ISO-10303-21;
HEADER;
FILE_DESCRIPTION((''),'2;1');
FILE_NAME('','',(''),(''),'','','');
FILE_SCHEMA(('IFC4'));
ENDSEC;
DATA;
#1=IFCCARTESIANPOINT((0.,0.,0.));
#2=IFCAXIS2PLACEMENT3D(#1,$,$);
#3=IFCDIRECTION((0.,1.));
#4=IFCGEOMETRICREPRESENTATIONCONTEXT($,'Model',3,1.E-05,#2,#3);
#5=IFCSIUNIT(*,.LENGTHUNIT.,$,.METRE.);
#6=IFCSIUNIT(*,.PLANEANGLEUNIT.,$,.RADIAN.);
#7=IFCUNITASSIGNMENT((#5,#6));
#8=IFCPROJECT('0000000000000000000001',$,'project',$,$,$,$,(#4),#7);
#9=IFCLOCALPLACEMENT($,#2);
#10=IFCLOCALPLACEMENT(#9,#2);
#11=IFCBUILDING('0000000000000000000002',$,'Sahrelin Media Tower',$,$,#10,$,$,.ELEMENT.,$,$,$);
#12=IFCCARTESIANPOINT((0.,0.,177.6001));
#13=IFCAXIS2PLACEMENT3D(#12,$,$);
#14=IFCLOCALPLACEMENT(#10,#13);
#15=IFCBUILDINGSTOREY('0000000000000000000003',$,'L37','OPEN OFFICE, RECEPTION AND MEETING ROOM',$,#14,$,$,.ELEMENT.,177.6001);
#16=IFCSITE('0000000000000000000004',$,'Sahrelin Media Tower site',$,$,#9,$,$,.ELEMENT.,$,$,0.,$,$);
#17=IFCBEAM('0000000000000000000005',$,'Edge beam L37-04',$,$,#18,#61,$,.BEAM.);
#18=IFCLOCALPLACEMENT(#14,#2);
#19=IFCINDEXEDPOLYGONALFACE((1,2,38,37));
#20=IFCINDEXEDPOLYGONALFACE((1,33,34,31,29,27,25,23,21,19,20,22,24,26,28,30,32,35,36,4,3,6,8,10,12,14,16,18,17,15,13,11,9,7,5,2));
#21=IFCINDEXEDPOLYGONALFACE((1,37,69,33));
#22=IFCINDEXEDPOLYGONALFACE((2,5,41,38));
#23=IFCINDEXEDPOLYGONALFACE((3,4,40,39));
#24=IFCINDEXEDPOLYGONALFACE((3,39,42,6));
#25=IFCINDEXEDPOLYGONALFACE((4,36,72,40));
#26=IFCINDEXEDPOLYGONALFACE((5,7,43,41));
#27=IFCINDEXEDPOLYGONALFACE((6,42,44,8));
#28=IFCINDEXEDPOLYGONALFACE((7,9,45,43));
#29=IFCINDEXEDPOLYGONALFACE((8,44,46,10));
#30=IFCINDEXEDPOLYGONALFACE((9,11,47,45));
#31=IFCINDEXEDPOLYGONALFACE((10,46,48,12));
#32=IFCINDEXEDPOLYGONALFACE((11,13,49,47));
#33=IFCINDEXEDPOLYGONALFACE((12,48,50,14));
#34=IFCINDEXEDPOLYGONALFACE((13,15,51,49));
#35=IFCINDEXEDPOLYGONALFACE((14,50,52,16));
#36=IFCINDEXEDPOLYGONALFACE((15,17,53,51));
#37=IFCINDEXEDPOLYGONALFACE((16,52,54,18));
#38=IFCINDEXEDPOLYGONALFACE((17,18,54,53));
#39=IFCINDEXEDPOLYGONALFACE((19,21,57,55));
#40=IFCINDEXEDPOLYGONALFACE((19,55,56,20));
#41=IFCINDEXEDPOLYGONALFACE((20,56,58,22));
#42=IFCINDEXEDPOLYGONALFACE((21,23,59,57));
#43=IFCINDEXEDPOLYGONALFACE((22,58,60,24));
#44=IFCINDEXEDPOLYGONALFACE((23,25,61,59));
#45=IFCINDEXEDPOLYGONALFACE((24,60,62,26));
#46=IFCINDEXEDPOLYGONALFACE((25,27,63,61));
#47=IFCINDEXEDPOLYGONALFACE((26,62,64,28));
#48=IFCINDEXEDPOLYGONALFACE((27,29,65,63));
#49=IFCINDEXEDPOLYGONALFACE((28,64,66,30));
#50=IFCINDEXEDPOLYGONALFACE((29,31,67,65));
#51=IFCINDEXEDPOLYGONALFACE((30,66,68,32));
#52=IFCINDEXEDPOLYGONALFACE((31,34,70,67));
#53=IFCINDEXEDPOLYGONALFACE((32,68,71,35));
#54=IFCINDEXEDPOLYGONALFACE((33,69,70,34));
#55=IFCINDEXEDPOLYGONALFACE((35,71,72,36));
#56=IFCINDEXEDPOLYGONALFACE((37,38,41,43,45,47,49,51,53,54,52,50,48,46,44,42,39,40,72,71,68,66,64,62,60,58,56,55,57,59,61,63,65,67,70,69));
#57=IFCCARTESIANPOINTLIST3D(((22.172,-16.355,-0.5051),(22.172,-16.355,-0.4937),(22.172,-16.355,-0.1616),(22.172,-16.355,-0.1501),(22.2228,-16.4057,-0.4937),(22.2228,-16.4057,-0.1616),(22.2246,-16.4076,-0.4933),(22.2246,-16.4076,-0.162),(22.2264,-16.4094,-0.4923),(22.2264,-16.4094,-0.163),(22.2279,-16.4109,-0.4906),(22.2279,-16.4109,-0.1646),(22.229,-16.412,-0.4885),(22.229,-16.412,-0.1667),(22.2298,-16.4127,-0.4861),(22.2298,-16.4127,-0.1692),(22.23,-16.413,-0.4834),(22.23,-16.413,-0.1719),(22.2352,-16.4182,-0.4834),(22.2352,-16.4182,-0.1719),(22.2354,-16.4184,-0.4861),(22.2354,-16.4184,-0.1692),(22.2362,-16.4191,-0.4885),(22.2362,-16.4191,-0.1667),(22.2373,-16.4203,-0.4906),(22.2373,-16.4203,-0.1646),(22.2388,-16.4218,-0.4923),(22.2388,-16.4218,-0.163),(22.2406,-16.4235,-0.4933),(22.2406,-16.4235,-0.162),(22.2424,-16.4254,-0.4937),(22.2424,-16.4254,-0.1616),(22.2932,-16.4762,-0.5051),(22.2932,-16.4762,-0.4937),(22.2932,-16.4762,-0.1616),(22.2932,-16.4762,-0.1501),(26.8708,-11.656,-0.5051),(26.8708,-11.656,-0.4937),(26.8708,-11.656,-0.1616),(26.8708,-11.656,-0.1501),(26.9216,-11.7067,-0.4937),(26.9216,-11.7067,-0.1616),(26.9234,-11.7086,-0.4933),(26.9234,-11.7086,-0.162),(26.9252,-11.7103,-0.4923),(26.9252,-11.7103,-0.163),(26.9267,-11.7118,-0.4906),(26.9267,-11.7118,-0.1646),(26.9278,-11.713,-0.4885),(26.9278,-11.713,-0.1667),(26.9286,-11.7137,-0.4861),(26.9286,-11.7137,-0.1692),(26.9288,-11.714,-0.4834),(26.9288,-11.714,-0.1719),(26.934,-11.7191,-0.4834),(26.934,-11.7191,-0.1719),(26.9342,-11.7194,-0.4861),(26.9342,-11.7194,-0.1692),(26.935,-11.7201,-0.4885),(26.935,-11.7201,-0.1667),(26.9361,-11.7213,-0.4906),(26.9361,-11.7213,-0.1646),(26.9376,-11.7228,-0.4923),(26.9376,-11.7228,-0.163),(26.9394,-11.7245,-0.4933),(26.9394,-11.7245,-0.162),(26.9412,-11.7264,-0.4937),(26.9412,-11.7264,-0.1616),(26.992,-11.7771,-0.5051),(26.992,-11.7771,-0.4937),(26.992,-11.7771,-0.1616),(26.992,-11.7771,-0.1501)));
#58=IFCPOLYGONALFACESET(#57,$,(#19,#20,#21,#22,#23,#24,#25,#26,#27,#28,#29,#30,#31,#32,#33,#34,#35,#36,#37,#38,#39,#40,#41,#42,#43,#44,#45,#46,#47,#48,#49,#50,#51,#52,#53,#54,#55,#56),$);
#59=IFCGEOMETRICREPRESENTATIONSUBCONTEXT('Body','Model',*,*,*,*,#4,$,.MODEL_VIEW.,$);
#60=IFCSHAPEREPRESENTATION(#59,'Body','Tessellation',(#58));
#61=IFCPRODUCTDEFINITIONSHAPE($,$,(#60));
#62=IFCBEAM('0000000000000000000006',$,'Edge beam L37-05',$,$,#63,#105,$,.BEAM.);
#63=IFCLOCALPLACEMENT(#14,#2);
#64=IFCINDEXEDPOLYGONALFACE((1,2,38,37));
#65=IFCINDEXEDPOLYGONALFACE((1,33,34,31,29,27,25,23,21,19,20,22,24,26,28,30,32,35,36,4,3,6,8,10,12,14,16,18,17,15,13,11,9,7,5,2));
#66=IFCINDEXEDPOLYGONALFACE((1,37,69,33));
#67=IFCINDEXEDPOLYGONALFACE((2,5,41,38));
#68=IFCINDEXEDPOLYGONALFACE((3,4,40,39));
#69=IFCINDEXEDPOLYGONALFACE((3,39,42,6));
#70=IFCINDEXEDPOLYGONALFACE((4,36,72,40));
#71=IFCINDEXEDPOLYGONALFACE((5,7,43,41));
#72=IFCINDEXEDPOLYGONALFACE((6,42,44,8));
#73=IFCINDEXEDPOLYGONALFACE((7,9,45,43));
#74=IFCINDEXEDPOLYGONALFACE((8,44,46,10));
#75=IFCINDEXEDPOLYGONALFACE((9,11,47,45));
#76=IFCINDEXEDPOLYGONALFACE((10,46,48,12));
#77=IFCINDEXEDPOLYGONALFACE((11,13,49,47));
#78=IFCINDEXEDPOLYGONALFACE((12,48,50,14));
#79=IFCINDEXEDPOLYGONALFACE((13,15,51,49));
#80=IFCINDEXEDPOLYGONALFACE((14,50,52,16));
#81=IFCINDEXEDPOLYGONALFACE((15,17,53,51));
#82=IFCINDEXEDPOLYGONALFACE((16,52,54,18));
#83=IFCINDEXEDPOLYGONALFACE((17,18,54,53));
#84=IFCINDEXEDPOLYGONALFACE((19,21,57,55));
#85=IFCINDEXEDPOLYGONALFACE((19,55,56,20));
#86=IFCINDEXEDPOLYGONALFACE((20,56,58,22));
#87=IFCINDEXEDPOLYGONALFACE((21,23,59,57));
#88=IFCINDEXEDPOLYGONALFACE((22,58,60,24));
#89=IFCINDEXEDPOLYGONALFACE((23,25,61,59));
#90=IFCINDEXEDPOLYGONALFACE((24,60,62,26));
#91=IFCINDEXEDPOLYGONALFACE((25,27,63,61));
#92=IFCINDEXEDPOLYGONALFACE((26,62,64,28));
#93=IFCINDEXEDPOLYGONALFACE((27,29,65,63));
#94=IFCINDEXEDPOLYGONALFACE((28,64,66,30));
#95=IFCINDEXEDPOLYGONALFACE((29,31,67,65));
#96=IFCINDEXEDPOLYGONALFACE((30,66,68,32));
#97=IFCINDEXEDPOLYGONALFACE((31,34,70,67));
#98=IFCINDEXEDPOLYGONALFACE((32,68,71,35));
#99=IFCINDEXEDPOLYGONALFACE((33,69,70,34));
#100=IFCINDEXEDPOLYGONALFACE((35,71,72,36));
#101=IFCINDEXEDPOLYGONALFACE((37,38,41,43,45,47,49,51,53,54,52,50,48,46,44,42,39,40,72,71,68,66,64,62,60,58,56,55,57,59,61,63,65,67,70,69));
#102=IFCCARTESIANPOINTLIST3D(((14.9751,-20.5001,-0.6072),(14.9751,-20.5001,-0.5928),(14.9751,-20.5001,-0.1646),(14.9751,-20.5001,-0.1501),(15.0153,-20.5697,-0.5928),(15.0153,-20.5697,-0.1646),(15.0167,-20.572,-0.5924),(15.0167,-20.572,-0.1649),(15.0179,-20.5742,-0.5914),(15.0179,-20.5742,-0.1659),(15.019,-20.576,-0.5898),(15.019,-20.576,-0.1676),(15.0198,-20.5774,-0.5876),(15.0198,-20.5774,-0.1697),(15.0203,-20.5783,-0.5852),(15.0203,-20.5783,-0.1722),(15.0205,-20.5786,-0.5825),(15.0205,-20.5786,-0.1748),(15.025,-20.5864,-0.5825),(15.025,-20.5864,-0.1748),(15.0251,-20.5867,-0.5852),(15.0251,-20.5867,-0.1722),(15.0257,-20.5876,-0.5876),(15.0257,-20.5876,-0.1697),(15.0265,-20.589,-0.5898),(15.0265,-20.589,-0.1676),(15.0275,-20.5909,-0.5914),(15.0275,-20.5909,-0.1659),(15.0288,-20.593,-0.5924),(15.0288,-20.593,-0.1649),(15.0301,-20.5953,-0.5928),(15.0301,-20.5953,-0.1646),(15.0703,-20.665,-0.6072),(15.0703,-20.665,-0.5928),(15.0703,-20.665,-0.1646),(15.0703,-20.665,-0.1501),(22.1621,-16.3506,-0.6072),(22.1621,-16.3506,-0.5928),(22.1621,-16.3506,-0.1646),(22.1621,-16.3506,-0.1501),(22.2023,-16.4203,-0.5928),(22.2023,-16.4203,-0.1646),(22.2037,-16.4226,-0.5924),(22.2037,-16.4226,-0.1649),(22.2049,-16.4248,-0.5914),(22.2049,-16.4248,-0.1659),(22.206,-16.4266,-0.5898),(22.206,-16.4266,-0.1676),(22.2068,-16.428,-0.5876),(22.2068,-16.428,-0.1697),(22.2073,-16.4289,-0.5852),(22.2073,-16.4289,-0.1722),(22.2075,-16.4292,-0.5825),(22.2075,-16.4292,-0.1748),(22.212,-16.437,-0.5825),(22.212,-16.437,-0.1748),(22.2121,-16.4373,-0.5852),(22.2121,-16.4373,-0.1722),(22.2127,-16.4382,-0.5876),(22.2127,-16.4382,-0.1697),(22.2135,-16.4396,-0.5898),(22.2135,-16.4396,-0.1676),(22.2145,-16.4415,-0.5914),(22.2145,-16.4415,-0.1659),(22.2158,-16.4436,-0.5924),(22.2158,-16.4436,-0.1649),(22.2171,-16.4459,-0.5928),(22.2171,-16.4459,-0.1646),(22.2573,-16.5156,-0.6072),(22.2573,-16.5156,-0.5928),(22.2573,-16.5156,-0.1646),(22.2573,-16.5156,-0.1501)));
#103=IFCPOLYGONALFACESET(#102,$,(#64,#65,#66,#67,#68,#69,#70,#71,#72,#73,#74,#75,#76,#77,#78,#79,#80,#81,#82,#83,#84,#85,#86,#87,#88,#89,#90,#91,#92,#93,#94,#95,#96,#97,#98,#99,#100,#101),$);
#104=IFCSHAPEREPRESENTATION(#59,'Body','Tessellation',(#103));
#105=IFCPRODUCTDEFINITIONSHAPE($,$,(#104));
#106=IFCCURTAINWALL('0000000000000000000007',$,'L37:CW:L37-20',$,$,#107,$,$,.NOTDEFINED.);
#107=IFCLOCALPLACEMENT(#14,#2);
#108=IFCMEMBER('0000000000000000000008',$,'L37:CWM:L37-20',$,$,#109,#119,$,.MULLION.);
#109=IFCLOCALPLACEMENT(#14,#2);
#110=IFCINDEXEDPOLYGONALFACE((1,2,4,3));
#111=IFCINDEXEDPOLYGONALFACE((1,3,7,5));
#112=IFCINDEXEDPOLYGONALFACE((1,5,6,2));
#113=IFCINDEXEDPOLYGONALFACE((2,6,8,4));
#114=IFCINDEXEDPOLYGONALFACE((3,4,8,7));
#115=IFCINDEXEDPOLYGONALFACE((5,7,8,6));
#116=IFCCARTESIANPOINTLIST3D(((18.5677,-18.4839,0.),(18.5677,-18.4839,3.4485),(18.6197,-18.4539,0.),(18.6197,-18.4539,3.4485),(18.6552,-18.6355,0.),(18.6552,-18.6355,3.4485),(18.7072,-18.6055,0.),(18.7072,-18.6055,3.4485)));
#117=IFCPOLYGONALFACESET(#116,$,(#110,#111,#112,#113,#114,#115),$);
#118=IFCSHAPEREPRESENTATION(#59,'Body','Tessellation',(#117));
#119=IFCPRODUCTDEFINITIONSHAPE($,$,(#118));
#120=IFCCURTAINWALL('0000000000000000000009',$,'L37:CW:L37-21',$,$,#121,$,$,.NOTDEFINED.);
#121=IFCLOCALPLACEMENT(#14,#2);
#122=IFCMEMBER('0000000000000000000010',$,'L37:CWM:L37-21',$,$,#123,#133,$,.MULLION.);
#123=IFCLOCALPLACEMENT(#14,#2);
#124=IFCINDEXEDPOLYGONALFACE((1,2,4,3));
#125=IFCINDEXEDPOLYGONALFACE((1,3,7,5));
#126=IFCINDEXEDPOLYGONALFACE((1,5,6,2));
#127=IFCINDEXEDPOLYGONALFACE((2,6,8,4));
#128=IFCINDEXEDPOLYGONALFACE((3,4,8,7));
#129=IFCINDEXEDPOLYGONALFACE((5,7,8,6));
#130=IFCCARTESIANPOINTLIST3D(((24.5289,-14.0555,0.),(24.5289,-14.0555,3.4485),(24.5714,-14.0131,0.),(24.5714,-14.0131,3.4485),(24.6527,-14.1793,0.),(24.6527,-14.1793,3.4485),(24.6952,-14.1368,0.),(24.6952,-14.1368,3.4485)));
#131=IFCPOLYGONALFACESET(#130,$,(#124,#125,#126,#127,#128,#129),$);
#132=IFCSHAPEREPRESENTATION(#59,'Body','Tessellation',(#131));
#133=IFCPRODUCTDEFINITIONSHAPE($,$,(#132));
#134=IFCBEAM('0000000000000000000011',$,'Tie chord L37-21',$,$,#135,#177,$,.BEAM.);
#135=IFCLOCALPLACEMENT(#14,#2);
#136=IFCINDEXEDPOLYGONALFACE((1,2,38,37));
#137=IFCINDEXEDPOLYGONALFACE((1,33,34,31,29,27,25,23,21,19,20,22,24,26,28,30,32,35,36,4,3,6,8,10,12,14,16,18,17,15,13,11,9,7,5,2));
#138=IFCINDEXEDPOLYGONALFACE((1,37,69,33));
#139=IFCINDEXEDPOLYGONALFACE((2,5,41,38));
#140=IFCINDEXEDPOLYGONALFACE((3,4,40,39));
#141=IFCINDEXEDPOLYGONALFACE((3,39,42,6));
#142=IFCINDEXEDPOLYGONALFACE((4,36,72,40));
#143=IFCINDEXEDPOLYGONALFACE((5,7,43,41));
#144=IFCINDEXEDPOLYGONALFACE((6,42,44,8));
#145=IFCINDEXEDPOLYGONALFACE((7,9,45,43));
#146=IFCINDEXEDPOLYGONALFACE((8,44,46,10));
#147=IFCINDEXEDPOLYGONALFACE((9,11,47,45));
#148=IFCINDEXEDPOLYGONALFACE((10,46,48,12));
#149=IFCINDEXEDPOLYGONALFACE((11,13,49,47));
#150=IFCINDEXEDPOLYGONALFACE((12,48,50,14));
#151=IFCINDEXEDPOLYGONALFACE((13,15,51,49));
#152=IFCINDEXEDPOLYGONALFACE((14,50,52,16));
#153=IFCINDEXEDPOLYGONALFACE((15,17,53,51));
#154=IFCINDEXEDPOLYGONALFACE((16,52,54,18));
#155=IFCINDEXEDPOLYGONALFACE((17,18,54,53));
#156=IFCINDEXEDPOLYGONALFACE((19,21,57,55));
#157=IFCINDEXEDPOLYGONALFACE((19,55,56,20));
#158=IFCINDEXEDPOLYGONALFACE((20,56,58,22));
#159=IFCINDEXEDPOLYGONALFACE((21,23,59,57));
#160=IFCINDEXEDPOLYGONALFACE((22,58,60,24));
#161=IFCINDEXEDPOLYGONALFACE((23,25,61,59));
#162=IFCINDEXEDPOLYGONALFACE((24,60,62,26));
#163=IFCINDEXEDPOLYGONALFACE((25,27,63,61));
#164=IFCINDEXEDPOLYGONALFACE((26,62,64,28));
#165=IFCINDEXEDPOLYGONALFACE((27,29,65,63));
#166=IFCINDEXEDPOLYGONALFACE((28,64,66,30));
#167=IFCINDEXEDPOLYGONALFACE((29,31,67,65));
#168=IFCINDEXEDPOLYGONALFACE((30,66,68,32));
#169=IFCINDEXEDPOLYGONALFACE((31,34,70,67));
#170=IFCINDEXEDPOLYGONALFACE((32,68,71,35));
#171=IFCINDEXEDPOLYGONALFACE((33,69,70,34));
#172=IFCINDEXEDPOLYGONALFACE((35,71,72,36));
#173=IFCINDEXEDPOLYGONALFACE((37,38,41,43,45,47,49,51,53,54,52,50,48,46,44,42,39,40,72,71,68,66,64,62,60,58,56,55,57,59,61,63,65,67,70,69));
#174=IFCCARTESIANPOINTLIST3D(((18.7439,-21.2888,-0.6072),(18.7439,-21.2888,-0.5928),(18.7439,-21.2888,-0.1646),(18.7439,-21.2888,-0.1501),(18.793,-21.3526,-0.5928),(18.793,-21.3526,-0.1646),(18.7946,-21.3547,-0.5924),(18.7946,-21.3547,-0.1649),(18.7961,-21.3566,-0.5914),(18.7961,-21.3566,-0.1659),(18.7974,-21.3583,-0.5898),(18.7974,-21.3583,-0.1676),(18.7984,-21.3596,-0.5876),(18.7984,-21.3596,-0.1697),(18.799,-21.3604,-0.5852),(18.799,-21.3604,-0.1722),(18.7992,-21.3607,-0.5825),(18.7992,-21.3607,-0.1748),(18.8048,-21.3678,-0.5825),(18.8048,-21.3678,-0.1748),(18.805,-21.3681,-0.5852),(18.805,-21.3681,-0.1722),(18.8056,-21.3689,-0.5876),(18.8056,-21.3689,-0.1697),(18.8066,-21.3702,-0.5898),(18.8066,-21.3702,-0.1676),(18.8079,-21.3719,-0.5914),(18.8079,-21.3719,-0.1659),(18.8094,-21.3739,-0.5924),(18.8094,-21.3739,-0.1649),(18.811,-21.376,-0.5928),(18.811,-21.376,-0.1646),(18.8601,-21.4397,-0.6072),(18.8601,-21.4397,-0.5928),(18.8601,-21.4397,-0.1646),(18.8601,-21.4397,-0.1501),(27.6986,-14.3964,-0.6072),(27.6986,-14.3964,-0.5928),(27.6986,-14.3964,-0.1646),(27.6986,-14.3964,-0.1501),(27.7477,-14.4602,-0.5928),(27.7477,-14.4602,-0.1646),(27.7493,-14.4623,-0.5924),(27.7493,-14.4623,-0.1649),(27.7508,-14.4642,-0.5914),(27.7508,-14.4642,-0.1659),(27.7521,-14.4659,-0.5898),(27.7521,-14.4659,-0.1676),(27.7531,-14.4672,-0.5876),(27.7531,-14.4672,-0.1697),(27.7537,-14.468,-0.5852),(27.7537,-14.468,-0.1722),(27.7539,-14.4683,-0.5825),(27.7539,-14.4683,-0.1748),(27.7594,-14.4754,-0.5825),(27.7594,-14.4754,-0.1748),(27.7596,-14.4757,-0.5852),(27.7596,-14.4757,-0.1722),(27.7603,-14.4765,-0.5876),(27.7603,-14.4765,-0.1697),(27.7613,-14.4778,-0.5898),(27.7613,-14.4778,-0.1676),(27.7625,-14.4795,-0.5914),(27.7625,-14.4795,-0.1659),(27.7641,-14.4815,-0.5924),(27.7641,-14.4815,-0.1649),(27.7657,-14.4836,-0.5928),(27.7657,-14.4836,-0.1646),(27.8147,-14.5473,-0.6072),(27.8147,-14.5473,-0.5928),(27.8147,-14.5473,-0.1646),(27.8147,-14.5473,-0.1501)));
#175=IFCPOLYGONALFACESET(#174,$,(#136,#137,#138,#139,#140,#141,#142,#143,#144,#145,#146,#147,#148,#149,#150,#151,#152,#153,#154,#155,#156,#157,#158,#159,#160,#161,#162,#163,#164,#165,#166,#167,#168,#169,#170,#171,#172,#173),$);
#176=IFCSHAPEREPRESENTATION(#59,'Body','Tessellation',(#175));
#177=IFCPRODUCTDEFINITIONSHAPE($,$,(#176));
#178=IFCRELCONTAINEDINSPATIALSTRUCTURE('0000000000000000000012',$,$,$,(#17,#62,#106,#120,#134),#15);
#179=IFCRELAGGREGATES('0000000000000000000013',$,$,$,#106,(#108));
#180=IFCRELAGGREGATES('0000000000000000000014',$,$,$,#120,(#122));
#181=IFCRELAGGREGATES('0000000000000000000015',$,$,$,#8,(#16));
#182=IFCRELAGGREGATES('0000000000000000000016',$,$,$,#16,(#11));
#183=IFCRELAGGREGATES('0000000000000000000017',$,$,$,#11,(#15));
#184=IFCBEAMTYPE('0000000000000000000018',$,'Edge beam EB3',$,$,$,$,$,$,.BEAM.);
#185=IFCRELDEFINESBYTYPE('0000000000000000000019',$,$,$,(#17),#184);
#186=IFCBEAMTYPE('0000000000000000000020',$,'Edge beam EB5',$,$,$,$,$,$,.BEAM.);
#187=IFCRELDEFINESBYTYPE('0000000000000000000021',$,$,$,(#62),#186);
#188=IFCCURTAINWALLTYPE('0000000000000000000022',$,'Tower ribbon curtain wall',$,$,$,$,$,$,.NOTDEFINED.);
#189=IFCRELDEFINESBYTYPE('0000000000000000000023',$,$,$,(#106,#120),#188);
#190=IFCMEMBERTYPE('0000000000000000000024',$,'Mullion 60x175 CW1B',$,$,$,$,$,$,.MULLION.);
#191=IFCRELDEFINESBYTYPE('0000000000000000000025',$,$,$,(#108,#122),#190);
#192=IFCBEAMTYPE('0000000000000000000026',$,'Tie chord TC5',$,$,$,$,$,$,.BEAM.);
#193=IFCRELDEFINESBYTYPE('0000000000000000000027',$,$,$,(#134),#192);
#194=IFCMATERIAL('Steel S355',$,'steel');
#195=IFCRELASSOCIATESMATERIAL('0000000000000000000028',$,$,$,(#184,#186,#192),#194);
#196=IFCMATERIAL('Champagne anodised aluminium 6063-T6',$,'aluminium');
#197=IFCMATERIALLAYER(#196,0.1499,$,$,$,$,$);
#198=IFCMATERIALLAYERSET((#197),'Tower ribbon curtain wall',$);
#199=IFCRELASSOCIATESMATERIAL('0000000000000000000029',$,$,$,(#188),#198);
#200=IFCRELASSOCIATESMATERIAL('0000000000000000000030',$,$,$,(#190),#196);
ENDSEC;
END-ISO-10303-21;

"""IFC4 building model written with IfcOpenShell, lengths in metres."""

from ifc_helpers import new_model, si_unit, direction, frame, origin, origin_2d, place, context, subcontext, project, spatial, rectangle, i_section, extrude, material, layer, layer_set, material_profile, profile_set, type_object, element, aggregate, save


model = new_model("IFC4")

# Units and contexts
model_context = context("Model", 3, precision=1e-05, world=origin(), true_north=direction((0.0, 1.0)))
body_context = subcontext(model_context, "Body", "Model", "MODEL_VIEW")
ifc_project = project(units=[si_unit("LENGTHUNIT", "METRE"), si_unit("PLANEANGLEUNIT", "RADIAN")], contexts=[model_context])

# Site, building, storey
site_placement = place(None, origin())
site = spatial("IfcSite", under=ifc_project, at=site_placement, Name="Sahrelin Media Tower site", CompositionType="ELEMENT", RefElevation=0.0)
building_placement = place(site_placement, origin())
building = spatial("IfcBuilding", under=site, at=building_placement, Name="Sahrelin Media Tower", CompositionType="ELEMENT")
storey_placement = place(building_placement, frame((0.0, 0.0, 177.6001)))
storey = spatial("IfcBuildingStorey", under=building, at=storey_placement, Name="L37", Description="OPEN OFFICE, RECEPTION AND MEETING ROOM", CompositionType="ELEMENT", Elevation=177.6001)

# Beams
ifc_material_1 = material(Name="Steel S355", Category="steel")
ifc_material_profile_1 = material_profile(ifc_material_1, i_section(OverallWidth=0.1714, OverallDepth=0.355, WebThickness=0.0073, FlangeThickness=0.0115, FilletRadius=0.0103, at=origin_2d()), Name="UB 356x171x51")
ifc_profile_set_1 = profile_set([ifc_material_profile_1], Name="Steel S355")
beam_type_1 = type_object("IfcBeamType", Name="Edge beam EB3", PredefinedType="BEAM", material=ifc_profile_set_1)
beam_1_placement = place(storey_placement, frame((26.9314, -11.7166, -0.3276), z_axis=(-0.707088, -0.707125, 0.0), x_axis=(0.707125, -0.707088, 0.0)))
element("IfcBeam", 1, at=beam_1_placement, inside=storey, type_object=beam_type_1, Name="Edge beam L37-04", PredefinedType="BEAM", context=body_context, shape_type="SweptSolid", body=[
    extrude(i_section(OverallWidth=0.1714, OverallDepth=0.355, WebThickness=0.0073, FlangeThickness=0.0115, FilletRadius=0.0103, at=origin_2d()), origin(), (0.0, 0.0, 1.0), 6.6453),
])
ifc_material_profile_2 = material_profile(ifc_material_1, i_section(OverallWidth=0.1904, OverallDepth=0.457, WebThickness=0.009, FlangeThickness=0.0144, FilletRadius=0.0103, at=origin_2d()), Name="UB 457x191x74")
ifc_profile_set_2 = profile_set([ifc_material_profile_2], Name="Steel S355")
beam_type_2 = type_object("IfcBeamType", Name="Edge beam EB5", PredefinedType="BEAM", material=ifc_profile_set_2)
beam_2_placement = place(storey_placement, frame((22.2097, -16.4331, -0.3787), z_axis=(-0.866026, -0.499999, 0.0), x_axis=(0.499999, -0.866026, 0.0)))
element("IfcBeam", 2, at=beam_2_placement, inside=storey, type_object=beam_type_2, Name="Edge beam L37-05", PredefinedType="BEAM", context=body_context, shape_type="SweptSolid", body=[
    extrude(i_section(OverallWidth=0.1904, OverallDepth=0.457, WebThickness=0.009, FlangeThickness=0.0144, FilletRadius=0.0103, at=origin_2d()), origin(), (0.0, 0.0, 1.0), 8.2988),
])

# Curtain walls, members
ifc_material_2 = material(Name="Champagne anodised aluminium 6063-T6", Category="aluminium")
ifc_layer_1 = layer(ifc_material_2, 0.1499)
ifc_layer_set_1 = layer_set([ifc_layer_1], Name="Tower ribbon curtain wall")
curtain_wall_type = type_object("IfcCurtainWallType", Name="Tower ribbon curtain wall", PredefinedType="NOTDEFINED", material=ifc_layer_set_1)
curtain_wall_1_placement = place(storey_placement, frame((18.6912, -18.6377, 0.0), z_axis=(0.0, 0.0, 1.0), x_axis=(1.0, 0.0, 0.0)))
curtain_wall_1 = element("IfcCurtainWall", 3, at=curtain_wall_1_placement, inside=storey, type_object=curtain_wall_type, Name="L37:CW:L37-20", PredefinedType="NOTDEFINED")
ifc_material_profile_3 = material_profile(ifc_material_2, rectangle(XDim=0.0601, YDim=0.175, at=origin_2d()), Name="Mullion 60x175")
ifc_profile_set_3 = profile_set([ifc_material_profile_3], Name="Champagne anodised aluminium 6063-T6")
member_type_1 = type_object("IfcMemberType", Name="Mullion 60x175 CW1B", PredefinedType="MULLION", material=ifc_profile_set_3)
member_1_placement = place(storey_placement, frame((18.6375, -18.5447, 0.0), z_axis=(0.0, 0.0, 1.0), x_axis=(0.866027, 0.499997, 0.0)))
member_1 = element("IfcMember", 4, at=member_1_placement, type_object=member_type_1, Name="L37:CWM:L37-20", PredefinedType="MULLION", context=body_context, shape_type="SweptSolid", body=[
    extrude(rectangle(XDim=0.0601, YDim=0.175, at=origin_2d()), origin(), (0.0, 0.0, 1.0), 3.4485),
])
curtain_wall_2_placement = place(storey_placement, frame((24.6882, -14.1721, 0.0), z_axis=(0.0, 0.0, 1.0), x_axis=(1.0, 0.0, 0.0)))
curtain_wall_2 = element("IfcCurtainWall", 5, at=curtain_wall_2_placement, inside=storey, type_object=curtain_wall_type, Name="L37:CW:L37-21", PredefinedType="NOTDEFINED")
member_2_placement = place(storey_placement, frame((24.6121, -14.0962, 0.0), z_axis=(0.0, 0.0, 1.0), x_axis=(0.707099, 0.707114, 0.0)))
member_2 = element("IfcMember", 6, at=member_2_placement, type_object=member_type_1, Name="L37:CWM:L37-21", PredefinedType="MULLION", context=body_context, shape_type="SweptSolid", body=[
    extrude(rectangle(XDim=0.0601, YDim=0.175, at=origin_2d()), origin(), (0.0, 0.0, 1.0), 3.4485),
])

# Beam
ifc_material_profile_4 = material_profile(ifc_material_1, i_section(OverallWidth=0.1904, OverallDepth=0.457, WebThickness=0.009, FlangeThickness=0.0144, FilletRadius=0.0103, at=origin_2d()), Name="UB 457x191x74")
ifc_profile_set_4 = profile_set([ifc_material_profile_4], Name="Steel S355")
beam_type_3 = type_object("IfcBeamType", Name="Tie chord TC5", PredefinedType="BEAM", material=ifc_profile_set_4)
beam_3_placement = place(storey_placement, frame((18.802, -21.3643, -0.3787), z_axis=(0.792445, 0.609944, 0.0), x_axis=(-0.609944, 0.792445, 0.0)))
element("IfcBeam", 7, at=beam_3_placement, inside=storey, type_object=beam_type_3, Name="Tie chord L37-21", PredefinedType="BEAM", context=body_context, shape_type="SweptSolid", body=[
    extrude(i_section(OverallWidth=0.1904, OverallDepth=0.457, WebThickness=0.009, FlangeThickness=0.0144, FilletRadius=0.0103, at=origin_2d()), origin(), (0.0, 0.0, 1.0), 11.3),
])

aggregate(curtain_wall_1, [member_1])
aggregate(curtain_wall_2, [member_2])

save(model, "model.ifc")
